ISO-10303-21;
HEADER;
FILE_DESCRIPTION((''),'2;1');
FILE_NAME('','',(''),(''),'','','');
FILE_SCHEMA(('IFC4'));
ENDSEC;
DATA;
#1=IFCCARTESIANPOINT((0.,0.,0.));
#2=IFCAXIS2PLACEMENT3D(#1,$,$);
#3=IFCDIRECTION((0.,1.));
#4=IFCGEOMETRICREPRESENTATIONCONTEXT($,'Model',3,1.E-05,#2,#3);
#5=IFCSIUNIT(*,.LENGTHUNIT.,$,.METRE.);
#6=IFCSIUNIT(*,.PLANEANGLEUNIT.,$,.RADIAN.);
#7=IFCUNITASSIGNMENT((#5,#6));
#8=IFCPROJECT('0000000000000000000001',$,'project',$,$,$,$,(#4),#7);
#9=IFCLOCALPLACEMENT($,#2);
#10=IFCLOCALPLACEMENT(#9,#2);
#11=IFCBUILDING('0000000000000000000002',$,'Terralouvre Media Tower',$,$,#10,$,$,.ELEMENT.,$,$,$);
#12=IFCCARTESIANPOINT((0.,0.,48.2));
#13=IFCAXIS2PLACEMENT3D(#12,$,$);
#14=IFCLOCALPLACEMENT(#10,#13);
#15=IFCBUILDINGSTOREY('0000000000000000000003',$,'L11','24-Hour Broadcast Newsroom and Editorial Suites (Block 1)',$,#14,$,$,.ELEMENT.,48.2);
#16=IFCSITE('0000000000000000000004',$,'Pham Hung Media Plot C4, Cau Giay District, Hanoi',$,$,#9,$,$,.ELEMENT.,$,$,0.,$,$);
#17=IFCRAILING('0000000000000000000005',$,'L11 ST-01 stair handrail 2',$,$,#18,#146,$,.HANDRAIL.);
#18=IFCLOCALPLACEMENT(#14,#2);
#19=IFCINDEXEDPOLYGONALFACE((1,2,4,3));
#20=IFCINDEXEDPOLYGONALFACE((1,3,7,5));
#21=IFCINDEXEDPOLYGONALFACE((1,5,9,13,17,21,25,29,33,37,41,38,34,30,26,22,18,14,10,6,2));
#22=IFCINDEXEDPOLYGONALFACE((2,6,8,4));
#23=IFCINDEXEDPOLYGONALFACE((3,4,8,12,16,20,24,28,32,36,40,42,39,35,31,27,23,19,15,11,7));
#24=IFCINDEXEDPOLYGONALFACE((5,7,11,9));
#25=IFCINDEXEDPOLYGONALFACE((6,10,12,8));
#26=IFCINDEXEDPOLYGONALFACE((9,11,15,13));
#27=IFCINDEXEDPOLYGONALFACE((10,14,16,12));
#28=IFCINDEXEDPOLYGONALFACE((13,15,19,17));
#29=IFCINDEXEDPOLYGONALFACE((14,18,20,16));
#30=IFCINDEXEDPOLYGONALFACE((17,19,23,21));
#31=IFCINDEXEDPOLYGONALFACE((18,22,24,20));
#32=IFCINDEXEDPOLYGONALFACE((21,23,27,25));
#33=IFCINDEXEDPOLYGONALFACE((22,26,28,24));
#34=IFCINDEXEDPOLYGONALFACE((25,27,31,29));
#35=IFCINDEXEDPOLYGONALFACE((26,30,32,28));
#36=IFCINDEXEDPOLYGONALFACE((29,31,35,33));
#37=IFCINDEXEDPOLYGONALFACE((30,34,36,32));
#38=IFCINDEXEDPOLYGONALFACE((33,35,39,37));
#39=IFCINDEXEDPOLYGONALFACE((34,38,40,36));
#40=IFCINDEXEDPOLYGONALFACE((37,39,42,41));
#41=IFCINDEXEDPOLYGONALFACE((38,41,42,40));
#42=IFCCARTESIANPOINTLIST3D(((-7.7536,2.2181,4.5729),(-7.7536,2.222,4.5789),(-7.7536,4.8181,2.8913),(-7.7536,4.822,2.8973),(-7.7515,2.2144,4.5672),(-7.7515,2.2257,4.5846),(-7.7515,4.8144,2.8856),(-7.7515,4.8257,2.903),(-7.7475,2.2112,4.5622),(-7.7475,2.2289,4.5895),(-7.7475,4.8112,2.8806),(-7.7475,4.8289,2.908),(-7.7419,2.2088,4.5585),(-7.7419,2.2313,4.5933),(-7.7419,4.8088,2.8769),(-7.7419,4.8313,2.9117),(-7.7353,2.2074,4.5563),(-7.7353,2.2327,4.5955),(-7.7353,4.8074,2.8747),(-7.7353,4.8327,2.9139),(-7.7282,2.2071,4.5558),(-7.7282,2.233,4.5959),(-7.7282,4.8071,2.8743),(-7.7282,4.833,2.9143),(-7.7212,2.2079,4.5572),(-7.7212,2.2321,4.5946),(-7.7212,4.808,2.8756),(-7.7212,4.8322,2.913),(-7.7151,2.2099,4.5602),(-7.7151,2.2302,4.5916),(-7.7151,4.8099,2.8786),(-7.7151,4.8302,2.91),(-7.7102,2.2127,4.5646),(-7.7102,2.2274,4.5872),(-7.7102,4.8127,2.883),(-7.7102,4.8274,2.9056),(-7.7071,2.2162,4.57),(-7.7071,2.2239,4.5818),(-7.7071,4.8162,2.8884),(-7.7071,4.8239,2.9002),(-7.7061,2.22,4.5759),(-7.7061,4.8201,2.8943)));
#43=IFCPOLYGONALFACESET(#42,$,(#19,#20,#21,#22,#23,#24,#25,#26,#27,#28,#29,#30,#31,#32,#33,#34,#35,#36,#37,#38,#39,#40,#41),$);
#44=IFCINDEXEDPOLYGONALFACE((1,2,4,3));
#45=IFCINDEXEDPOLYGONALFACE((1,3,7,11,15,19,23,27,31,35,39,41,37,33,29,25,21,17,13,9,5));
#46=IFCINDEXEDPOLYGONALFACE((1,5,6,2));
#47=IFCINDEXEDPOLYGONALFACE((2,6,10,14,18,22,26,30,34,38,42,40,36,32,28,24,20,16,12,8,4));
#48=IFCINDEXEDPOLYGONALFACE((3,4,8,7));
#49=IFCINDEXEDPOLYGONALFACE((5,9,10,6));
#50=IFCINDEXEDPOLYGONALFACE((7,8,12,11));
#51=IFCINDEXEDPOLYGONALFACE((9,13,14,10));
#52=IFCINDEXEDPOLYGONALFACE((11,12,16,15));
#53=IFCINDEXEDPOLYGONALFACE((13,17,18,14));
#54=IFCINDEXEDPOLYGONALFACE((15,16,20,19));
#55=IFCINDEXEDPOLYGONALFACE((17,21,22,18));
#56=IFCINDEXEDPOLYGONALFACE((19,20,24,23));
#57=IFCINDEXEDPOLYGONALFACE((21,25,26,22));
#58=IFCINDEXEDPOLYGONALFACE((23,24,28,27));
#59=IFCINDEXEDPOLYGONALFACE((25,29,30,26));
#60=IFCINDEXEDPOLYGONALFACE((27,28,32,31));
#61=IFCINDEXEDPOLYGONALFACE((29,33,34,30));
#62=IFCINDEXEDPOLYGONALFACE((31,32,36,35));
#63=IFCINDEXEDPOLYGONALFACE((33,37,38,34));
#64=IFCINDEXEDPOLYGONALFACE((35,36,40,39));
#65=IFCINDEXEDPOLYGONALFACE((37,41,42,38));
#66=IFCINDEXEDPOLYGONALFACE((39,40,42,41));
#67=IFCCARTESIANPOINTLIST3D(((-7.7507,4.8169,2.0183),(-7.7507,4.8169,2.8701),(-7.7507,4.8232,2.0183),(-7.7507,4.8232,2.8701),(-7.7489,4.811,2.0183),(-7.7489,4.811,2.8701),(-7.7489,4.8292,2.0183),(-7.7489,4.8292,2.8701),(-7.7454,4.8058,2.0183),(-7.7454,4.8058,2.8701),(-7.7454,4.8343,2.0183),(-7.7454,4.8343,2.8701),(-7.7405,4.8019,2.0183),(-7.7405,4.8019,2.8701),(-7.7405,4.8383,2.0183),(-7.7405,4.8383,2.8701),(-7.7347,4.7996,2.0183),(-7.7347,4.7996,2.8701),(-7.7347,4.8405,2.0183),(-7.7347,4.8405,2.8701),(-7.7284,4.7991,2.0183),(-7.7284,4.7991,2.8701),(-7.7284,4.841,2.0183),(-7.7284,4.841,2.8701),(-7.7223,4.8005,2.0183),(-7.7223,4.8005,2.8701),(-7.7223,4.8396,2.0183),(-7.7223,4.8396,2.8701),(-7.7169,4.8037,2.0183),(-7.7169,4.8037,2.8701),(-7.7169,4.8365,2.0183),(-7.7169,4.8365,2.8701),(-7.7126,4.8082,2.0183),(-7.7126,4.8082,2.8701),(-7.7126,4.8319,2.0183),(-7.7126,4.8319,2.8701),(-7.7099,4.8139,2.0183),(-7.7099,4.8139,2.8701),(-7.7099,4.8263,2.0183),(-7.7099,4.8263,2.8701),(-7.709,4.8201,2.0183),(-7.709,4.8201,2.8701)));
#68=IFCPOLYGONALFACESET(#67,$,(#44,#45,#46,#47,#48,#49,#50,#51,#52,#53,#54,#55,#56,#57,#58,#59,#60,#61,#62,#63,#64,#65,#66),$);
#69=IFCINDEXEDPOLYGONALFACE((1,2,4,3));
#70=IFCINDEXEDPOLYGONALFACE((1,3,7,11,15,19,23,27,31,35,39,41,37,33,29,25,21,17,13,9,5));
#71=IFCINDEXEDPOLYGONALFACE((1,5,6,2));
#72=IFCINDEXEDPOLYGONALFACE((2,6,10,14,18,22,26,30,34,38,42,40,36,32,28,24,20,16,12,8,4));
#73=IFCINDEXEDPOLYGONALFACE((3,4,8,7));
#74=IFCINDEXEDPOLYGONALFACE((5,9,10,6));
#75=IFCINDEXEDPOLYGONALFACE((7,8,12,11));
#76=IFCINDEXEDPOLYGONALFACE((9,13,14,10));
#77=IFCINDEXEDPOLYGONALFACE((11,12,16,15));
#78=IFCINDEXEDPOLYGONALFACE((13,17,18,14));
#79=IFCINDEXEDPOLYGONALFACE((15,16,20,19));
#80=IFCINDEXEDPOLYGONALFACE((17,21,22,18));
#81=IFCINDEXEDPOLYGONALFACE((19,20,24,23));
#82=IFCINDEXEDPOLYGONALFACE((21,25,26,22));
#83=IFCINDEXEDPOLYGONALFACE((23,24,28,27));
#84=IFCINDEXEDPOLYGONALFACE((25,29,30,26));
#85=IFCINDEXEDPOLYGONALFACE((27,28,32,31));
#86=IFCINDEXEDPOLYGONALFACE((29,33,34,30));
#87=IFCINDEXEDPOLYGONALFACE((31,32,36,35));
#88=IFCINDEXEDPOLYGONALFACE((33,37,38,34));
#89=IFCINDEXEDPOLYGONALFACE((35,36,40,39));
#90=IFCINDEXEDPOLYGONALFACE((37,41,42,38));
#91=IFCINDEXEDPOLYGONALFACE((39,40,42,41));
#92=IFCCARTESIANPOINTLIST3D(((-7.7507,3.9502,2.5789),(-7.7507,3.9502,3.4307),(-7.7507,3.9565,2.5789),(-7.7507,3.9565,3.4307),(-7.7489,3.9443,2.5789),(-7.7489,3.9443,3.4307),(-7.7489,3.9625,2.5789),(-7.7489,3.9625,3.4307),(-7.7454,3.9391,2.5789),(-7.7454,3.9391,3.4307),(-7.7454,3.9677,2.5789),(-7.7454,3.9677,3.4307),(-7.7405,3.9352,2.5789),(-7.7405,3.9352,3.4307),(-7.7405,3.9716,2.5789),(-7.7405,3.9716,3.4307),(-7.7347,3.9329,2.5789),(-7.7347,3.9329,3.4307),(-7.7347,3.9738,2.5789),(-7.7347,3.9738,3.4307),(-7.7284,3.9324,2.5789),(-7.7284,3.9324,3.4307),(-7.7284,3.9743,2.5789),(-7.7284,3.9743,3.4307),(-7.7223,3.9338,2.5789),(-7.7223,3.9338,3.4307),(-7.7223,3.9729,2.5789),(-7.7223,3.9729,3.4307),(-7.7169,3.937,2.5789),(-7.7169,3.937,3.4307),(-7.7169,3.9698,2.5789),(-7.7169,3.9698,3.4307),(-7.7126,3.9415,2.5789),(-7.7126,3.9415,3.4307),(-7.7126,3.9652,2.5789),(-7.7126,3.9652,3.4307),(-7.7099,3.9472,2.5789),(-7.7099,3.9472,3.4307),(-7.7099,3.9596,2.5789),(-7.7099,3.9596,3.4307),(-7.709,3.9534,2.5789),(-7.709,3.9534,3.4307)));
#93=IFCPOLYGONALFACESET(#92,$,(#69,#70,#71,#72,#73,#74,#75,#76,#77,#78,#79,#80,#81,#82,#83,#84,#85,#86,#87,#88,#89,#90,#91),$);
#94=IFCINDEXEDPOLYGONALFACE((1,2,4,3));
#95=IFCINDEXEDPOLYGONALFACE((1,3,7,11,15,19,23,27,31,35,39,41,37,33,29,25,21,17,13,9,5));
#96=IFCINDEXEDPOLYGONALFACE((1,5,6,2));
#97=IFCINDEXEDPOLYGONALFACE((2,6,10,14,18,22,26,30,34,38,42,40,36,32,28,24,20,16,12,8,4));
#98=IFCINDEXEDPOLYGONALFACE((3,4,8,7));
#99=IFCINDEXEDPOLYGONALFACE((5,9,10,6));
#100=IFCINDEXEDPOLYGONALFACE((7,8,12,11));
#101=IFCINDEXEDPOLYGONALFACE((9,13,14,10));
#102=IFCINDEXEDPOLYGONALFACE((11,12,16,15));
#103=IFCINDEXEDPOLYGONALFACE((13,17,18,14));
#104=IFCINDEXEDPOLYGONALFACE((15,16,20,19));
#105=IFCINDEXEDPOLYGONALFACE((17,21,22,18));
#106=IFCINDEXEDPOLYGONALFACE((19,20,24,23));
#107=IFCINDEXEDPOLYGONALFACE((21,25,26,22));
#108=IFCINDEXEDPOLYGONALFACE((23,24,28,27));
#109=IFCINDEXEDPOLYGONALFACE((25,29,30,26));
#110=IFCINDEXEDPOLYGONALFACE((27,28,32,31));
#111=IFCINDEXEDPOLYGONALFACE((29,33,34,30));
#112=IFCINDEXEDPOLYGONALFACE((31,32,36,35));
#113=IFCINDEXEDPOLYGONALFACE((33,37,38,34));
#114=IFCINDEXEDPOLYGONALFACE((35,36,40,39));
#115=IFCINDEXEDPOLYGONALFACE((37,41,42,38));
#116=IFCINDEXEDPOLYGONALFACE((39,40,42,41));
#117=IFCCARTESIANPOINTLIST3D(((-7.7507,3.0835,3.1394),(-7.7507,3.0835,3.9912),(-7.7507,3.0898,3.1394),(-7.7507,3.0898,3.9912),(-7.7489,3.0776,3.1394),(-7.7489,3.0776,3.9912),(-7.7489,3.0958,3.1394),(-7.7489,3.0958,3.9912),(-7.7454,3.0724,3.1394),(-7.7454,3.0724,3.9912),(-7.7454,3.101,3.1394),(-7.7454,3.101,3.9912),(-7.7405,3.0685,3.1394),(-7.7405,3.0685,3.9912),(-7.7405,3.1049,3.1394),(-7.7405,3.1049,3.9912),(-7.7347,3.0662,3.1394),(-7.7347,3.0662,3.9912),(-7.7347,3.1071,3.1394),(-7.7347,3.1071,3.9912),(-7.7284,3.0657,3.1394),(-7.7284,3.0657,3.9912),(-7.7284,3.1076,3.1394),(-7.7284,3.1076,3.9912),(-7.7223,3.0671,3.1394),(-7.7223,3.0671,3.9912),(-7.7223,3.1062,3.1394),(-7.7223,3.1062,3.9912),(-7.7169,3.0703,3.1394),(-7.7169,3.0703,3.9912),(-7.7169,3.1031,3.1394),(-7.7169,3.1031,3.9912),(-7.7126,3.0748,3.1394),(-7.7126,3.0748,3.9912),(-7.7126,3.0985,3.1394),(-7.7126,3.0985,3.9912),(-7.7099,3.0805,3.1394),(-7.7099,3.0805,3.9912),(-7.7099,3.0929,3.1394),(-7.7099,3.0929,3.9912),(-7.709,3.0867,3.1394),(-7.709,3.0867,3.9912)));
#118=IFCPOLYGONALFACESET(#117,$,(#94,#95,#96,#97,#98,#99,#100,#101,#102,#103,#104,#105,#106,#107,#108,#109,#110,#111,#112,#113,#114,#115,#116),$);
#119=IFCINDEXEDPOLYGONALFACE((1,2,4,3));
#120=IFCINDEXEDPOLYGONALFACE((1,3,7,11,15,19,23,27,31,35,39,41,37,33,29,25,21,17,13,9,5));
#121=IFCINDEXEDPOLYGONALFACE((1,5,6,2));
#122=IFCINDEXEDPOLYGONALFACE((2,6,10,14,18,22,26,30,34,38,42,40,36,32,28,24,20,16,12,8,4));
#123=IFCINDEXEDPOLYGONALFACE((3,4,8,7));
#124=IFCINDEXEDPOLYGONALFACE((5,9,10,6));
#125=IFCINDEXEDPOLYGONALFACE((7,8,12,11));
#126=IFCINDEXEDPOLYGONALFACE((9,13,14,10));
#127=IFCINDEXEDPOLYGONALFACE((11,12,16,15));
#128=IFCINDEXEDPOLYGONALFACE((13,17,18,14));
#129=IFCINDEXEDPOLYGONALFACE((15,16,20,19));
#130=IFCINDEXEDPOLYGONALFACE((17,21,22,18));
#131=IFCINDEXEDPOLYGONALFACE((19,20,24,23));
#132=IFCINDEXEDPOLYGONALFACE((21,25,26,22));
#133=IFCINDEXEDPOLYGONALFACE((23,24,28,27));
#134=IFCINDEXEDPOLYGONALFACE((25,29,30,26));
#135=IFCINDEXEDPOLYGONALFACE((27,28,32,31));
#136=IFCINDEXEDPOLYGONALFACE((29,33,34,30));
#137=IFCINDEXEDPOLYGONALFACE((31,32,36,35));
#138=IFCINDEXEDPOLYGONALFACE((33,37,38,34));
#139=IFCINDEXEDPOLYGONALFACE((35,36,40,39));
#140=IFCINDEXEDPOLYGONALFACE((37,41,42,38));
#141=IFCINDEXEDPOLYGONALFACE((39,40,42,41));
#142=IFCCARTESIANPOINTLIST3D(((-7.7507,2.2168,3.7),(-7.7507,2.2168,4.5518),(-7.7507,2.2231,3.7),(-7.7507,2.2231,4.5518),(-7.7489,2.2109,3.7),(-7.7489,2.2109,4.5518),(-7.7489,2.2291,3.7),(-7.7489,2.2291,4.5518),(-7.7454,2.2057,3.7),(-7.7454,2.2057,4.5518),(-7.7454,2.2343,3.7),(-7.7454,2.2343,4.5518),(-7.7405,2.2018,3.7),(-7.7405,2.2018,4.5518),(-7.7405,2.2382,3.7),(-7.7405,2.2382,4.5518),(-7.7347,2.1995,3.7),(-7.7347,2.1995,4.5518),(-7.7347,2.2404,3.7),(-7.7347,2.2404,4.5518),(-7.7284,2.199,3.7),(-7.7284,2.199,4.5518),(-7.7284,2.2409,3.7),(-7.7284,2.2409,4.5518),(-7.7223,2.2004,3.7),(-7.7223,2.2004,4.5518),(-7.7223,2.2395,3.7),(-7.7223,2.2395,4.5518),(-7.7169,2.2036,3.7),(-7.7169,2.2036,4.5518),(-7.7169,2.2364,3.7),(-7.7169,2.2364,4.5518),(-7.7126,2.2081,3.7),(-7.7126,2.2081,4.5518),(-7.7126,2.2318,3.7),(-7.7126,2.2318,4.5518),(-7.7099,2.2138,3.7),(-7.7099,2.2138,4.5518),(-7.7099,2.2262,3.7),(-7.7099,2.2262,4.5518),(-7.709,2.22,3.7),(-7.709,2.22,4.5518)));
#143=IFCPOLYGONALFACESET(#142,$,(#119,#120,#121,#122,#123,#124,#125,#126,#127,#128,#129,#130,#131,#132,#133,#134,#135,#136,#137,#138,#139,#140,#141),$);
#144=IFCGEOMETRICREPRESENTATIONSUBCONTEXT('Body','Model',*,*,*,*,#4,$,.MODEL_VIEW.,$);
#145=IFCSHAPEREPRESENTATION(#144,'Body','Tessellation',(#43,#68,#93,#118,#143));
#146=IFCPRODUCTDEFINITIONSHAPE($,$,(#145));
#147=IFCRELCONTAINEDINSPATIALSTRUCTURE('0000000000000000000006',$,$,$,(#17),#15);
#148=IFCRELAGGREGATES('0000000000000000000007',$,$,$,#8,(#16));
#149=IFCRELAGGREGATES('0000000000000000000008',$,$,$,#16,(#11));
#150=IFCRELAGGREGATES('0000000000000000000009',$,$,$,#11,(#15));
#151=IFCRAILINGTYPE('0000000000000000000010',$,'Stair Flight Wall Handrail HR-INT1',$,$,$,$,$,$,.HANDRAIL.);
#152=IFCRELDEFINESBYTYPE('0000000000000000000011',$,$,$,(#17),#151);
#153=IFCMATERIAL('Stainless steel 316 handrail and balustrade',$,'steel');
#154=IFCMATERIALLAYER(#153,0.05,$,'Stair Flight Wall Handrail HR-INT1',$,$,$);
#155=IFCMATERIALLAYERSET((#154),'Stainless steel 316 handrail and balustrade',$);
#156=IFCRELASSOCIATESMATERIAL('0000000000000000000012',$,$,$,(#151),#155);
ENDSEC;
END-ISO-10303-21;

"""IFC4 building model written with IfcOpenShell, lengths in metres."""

from ifc_helpers import new_model, si_unit, direction, frame, origin, origin_2d, place, context, subcontext, project, spatial, circle, extrude, material, layer, layer_set, type_object, element, save


model = new_model("IFC4")

# Units and contexts
model_context = context("Model", 3, precision=1e-05, world=origin(), true_north=direction((0.0, 1.0)))
body_context = subcontext(model_context, "Body", "Model", "MODEL_VIEW")
ifc_project = project(units=[si_unit("LENGTHUNIT", "METRE"), si_unit("PLANEANGLEUNIT", "RADIAN")], contexts=[model_context])

# Site, building, storey
site_placement = place(None, origin())
site = spatial("IfcSite", under=ifc_project, at=site_placement, Name="Pham Hung Media Plot C4, Cau Giay District, Hanoi", CompositionType="ELEMENT", RefElevation=0.0)
building_placement = place(site_placement, origin())
building = spatial("IfcBuilding", under=site, at=building_placement, Name="Terralouvre Media Tower", CompositionType="ELEMENT")
storey_placement = place(building_placement, frame((0.0, 0.0, 48.2)))
storey = spatial("IfcBuildingStorey", under=building, at=storey_placement, Name="L11", Description="24-Hour Broadcast Newsroom and Editorial Suites (Block 1)", CompositionType="ELEMENT", Elevation=48.2)

# Railing
ifc_material_1 = material(Name="Stainless steel 316 handrail and balustrade", Category="steel")
ifc_layer_1 = layer(ifc_material_1, 0.05, Name="Stair Flight Wall Handrail HR-INT1")
ifc_layer_set_1 = layer_set([ifc_layer_1], Name="Stainless steel 316 handrail and balustrade")
railing_type_1 = type_object("IfcRailingType", Name="Stair Flight Wall Handrail HR-INT1", PredefinedType="HANDRAIL", material=ifc_layer_set_1)
railing_1_placement = place(storey_placement, frame((-7.73, 4.8201, 2.0183)))
element("IfcRailing", 1, at=railing_1_placement, inside=storey, type_object=railing_type_1, Name="L11 ST-01 stair handrail 2", PredefinedType="HANDRAIL", context=body_context, shape_type="SweptSolid", body=[
    extrude(circle(Radius=0.0239, at=origin_2d()), frame((0.0, 0.0, 0.876), z_axis=(0.0, -0.839684, 0.543075), x_axis=(1.0, 0.0, 0.0)), (0.0, 0.0, 1.0), 3.0964),
    extrude(circle(Radius=0.021, at=origin_2d()), origin(), (0.0, 0.0, 1.0), 0.8518),
    extrude(circle(Radius=0.021, at=origin_2d()), frame((0.0, -0.8667, 0.5605)), (0.0, 0.0, 1.0), 0.8518),
    extrude(circle(Radius=0.021, at=origin_2d()), frame((0.0, -1.7334, 1.1211)), (0.0, 0.0, 1.0), 0.8518),
    extrude(circle(Radius=0.021, at=origin_2d()), frame((0.0, -2.6001, 1.6816)), (0.0, 0.0, 1.0), 0.8518),
])

save(model, "model.ifc")
